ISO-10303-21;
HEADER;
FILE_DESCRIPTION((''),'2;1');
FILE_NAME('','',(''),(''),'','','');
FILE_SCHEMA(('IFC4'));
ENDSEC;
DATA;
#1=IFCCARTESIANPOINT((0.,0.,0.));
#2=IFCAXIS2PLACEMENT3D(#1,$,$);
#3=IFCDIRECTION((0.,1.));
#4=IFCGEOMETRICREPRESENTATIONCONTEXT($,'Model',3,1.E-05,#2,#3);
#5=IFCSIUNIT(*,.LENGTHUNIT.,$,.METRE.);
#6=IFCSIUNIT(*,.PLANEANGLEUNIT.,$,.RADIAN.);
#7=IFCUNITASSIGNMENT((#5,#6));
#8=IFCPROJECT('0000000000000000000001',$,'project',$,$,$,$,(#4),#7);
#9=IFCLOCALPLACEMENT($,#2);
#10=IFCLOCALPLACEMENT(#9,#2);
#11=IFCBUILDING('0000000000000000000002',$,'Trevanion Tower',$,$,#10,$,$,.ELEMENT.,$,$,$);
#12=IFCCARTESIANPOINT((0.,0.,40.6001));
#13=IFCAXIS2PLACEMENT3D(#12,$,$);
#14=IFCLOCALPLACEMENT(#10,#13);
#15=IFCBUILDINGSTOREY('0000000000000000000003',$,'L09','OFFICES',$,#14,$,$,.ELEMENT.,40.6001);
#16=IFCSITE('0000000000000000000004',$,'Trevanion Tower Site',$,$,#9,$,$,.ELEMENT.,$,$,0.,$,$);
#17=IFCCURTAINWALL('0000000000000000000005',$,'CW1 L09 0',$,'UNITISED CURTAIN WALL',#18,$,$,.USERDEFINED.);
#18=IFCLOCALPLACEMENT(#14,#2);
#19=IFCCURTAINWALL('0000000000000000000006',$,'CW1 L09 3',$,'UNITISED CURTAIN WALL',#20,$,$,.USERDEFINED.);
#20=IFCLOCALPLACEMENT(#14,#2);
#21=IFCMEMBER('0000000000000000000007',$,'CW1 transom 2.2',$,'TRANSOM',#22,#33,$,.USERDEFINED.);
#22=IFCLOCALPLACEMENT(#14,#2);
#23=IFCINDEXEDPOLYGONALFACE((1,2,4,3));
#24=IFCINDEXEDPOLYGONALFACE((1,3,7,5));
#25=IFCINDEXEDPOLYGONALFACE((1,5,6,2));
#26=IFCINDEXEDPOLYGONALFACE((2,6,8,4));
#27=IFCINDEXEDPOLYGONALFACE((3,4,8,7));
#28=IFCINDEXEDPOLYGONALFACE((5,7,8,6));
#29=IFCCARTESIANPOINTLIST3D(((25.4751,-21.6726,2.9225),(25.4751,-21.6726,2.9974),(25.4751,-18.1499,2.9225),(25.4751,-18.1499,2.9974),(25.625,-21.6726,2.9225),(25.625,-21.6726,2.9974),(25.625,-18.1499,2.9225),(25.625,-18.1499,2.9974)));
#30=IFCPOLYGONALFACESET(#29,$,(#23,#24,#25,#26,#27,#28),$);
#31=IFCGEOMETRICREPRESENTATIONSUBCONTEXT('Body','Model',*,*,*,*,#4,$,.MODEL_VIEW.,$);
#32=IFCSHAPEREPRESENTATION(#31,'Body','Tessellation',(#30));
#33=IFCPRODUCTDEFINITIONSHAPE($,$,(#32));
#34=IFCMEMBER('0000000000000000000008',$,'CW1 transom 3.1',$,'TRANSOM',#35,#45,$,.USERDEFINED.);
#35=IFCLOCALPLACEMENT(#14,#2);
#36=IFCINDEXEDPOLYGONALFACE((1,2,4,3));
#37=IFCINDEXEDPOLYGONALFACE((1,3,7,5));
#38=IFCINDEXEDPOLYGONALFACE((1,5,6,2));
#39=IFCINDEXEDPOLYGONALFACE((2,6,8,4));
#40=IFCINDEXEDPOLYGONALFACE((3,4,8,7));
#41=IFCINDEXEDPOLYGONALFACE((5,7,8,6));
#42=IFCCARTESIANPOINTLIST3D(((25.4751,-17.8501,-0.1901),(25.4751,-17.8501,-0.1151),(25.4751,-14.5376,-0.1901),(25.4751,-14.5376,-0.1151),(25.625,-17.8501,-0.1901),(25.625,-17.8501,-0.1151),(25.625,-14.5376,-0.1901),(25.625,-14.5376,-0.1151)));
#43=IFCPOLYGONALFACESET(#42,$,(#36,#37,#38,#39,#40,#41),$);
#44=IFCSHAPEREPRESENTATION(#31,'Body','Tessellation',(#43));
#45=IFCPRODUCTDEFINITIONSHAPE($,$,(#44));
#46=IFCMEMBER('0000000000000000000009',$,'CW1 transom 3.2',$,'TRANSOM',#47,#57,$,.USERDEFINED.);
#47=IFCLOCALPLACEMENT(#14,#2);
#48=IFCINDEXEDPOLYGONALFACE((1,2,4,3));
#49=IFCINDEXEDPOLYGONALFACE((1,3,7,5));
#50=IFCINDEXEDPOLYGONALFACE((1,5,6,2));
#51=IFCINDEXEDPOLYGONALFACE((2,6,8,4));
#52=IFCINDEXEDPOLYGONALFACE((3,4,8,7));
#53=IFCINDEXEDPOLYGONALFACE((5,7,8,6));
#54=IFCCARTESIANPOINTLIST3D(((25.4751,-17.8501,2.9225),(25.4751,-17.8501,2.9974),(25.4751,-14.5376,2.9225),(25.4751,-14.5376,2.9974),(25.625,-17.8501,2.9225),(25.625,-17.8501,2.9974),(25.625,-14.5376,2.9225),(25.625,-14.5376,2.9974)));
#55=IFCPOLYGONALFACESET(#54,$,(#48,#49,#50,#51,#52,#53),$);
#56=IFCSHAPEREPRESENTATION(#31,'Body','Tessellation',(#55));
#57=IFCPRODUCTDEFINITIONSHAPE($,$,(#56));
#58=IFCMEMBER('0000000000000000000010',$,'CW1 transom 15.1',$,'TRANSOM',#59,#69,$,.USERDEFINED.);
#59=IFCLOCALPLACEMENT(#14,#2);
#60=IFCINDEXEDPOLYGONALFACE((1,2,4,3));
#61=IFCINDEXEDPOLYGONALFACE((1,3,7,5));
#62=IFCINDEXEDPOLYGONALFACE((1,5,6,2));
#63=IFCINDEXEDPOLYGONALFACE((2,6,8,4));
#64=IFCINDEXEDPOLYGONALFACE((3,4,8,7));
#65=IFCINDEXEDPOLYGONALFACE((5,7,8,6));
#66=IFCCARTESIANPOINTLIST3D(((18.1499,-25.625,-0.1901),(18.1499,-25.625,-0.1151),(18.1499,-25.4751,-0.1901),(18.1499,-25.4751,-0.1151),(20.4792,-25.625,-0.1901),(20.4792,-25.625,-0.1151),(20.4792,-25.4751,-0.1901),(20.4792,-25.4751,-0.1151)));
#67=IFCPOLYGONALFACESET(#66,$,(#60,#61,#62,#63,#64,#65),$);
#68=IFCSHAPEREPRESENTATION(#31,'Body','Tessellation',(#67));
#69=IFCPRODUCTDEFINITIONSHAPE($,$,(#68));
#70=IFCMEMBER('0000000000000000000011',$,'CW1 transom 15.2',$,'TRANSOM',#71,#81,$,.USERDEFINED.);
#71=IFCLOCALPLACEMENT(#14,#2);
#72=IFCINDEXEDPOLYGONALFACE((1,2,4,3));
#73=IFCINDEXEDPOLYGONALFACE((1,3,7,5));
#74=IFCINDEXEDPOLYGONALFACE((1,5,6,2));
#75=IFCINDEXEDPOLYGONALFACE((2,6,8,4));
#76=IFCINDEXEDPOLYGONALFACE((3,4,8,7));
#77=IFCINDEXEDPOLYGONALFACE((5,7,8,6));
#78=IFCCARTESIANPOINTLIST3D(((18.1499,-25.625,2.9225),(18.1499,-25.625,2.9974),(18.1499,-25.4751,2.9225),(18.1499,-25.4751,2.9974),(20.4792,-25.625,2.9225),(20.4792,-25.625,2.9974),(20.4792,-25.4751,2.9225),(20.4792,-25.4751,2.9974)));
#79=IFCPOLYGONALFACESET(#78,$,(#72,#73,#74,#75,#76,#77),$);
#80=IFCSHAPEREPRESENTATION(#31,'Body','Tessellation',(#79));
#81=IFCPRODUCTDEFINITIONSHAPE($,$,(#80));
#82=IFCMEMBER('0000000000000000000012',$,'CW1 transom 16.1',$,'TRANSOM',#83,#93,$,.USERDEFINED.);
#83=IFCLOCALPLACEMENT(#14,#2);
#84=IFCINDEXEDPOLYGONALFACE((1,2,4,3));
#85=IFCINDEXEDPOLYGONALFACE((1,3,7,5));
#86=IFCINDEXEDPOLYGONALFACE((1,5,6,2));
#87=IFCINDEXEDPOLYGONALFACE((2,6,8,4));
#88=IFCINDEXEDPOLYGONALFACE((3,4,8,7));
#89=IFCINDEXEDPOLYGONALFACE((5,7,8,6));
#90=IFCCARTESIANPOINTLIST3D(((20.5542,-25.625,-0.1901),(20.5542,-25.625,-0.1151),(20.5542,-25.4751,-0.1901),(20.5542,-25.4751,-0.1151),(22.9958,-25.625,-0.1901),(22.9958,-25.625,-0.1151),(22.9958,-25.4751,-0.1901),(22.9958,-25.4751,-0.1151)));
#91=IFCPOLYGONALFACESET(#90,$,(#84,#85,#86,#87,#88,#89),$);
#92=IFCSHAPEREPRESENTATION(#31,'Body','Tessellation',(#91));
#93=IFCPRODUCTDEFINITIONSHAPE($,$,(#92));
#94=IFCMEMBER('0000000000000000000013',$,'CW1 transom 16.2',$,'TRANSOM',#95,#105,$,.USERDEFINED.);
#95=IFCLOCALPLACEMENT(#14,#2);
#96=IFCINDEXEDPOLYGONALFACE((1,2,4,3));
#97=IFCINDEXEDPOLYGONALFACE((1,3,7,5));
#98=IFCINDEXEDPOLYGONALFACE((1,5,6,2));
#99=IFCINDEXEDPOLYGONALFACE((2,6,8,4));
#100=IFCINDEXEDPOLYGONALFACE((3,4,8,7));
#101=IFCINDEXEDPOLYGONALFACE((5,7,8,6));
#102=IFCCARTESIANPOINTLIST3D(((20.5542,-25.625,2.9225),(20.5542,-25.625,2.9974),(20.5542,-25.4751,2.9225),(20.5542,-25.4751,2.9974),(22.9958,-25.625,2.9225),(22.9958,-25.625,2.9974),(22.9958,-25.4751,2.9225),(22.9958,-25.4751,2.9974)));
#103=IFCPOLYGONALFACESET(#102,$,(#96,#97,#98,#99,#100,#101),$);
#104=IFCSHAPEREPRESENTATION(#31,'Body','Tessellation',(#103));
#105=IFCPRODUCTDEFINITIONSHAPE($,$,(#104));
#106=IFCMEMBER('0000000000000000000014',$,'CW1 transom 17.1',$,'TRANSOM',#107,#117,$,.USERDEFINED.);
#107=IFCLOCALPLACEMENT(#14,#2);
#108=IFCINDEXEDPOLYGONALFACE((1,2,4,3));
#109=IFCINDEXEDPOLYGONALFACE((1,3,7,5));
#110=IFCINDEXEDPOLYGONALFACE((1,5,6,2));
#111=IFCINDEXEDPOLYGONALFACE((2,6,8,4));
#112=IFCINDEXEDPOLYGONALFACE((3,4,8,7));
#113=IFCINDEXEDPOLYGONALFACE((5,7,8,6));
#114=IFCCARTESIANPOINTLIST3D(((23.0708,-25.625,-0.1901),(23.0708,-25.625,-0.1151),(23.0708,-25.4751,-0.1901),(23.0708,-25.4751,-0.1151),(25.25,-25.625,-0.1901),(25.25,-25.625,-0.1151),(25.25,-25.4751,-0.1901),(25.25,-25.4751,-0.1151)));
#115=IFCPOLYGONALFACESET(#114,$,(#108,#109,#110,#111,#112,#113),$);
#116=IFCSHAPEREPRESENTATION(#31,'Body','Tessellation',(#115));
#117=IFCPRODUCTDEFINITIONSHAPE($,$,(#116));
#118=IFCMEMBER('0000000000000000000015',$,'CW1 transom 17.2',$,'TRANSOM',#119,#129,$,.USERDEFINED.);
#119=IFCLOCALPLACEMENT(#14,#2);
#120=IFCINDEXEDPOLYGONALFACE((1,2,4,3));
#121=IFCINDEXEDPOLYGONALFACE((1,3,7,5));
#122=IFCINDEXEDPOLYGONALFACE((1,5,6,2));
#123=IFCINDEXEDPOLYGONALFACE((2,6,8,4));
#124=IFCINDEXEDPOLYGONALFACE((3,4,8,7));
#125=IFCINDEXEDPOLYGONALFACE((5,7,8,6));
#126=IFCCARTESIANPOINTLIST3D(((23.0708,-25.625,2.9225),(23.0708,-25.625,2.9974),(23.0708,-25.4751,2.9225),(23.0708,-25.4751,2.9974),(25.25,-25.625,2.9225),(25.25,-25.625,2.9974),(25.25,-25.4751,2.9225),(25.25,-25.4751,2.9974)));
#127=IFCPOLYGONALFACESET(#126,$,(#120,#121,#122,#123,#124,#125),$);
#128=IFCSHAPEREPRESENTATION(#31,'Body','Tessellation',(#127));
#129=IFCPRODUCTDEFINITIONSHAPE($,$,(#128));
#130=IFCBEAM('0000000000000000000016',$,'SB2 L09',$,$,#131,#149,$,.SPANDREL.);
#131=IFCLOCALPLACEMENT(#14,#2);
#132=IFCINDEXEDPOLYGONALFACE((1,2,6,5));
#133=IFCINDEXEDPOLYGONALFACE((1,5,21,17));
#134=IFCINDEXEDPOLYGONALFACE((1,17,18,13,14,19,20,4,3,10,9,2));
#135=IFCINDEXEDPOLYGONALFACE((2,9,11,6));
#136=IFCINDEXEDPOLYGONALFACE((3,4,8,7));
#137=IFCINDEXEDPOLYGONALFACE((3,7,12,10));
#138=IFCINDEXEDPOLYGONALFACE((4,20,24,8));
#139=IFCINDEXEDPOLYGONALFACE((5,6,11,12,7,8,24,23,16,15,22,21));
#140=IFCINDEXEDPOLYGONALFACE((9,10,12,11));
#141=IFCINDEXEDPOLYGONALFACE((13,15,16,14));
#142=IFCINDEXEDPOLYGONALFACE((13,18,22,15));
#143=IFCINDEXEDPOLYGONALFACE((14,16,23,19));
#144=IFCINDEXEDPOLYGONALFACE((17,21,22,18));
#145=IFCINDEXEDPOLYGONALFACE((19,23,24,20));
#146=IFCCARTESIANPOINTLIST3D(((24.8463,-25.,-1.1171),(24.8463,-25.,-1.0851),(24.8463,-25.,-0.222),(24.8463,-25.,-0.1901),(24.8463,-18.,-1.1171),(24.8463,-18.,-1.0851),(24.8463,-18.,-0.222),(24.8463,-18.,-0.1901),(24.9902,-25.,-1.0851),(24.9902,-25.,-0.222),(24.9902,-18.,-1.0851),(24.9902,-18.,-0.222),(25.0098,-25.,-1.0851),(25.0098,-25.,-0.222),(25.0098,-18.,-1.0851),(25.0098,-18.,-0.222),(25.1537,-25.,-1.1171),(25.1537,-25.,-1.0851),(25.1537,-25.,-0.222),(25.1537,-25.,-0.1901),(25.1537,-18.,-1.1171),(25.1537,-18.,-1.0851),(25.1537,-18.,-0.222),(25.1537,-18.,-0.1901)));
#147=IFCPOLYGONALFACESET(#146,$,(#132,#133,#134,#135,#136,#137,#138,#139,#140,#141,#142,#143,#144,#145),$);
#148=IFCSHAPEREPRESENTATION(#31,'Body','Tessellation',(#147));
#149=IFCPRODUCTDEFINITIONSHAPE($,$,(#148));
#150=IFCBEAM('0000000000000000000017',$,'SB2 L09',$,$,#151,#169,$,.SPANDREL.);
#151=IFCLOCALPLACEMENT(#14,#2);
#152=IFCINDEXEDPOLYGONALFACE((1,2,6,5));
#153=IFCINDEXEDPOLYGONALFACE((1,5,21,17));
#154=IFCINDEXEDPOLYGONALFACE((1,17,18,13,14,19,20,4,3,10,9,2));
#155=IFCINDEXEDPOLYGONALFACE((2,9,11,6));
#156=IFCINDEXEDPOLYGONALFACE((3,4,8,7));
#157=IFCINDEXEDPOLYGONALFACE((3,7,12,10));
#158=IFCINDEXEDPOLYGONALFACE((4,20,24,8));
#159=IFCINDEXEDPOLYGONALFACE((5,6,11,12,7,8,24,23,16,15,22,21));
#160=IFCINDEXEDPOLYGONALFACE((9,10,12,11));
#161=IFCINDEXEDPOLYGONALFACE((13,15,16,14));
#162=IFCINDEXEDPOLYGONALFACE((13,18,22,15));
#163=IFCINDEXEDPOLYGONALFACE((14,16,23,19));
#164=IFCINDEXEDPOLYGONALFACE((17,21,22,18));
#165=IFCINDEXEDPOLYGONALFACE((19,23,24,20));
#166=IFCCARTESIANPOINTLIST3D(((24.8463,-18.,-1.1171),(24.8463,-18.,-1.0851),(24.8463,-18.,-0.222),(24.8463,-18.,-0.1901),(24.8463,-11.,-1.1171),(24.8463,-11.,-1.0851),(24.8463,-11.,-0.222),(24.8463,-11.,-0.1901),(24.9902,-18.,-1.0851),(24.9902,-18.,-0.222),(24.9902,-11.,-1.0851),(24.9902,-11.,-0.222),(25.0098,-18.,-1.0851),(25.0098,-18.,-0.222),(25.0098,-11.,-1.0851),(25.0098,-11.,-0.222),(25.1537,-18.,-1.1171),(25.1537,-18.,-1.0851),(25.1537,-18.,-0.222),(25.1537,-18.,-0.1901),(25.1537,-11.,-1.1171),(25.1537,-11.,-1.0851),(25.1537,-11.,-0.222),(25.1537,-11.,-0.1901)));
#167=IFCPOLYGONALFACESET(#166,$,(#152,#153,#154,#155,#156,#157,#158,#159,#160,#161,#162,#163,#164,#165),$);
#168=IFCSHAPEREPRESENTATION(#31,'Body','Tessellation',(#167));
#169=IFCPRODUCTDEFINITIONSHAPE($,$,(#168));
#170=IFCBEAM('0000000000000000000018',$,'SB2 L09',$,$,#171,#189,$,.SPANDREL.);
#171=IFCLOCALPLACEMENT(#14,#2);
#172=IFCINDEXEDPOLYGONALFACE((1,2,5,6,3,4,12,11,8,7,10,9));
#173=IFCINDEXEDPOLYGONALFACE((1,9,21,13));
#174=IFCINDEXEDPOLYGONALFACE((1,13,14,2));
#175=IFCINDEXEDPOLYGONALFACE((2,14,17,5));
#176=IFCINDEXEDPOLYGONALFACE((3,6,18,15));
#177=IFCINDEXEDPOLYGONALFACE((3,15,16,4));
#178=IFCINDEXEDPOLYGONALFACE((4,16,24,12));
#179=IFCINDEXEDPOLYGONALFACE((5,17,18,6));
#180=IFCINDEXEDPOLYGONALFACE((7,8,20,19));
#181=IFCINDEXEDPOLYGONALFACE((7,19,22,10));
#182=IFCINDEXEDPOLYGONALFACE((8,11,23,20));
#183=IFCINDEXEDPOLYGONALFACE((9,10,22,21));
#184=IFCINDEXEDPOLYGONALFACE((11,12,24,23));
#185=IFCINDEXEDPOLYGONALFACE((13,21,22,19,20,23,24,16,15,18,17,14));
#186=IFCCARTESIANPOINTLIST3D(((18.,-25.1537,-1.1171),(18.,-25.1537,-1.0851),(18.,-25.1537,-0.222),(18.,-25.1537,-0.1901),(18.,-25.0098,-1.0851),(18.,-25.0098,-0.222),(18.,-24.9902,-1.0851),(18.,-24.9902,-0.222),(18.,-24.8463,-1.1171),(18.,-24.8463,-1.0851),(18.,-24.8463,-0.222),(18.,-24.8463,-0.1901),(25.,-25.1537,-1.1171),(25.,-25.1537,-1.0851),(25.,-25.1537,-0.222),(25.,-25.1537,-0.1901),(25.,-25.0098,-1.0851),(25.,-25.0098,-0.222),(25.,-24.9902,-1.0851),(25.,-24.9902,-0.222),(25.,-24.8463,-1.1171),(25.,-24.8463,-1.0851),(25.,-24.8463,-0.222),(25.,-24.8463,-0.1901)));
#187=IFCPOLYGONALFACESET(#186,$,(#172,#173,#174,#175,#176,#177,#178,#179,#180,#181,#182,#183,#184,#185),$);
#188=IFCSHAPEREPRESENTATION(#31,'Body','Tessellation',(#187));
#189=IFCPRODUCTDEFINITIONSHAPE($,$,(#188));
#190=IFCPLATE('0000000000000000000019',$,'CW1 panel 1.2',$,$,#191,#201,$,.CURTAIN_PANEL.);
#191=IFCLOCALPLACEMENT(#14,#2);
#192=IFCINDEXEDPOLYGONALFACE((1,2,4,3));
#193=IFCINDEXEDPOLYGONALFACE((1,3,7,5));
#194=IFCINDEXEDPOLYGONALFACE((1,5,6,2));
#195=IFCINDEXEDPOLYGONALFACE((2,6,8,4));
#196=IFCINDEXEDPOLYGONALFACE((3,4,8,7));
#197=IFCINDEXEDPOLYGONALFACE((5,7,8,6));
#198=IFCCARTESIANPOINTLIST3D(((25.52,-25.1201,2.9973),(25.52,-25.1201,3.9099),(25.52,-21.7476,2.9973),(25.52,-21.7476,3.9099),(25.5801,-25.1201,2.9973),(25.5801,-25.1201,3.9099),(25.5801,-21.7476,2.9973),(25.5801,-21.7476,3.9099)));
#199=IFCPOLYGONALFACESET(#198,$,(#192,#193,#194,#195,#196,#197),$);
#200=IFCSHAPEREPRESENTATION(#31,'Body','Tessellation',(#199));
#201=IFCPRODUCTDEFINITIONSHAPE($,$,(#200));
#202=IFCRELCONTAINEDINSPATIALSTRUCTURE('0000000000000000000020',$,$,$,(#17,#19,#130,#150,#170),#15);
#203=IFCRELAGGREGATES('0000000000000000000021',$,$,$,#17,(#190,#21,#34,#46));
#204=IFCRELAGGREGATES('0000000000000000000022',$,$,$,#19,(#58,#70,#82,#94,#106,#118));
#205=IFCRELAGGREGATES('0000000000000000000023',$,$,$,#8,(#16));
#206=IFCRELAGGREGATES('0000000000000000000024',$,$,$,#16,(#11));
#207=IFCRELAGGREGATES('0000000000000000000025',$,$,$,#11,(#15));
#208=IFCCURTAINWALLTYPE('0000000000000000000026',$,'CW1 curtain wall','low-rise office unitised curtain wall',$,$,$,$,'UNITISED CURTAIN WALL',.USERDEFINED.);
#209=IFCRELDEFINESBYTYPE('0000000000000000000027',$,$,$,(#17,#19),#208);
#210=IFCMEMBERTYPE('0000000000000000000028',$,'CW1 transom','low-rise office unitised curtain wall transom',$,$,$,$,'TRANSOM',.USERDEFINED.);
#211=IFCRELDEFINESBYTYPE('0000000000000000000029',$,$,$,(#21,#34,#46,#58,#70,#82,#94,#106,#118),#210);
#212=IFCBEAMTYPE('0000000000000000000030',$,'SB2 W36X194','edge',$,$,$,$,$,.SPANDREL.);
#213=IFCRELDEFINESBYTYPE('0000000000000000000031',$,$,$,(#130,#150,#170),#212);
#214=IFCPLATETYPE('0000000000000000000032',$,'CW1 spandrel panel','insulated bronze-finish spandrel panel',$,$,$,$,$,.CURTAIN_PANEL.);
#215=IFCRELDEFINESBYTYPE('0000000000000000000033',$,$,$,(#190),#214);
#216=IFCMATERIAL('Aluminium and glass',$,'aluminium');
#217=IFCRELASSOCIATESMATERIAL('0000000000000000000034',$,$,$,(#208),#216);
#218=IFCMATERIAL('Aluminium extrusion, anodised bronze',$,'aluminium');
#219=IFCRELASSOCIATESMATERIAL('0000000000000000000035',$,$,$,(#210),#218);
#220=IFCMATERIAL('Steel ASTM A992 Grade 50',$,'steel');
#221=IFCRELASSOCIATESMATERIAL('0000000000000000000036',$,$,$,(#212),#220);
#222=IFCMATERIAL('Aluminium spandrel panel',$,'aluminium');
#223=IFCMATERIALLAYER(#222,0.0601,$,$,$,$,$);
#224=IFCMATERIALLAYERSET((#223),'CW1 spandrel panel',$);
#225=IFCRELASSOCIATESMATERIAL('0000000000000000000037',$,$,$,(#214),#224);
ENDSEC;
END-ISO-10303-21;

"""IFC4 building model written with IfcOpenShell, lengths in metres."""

from ifc_helpers import new_model, si_unit, direction, frame, origin, origin_2d, place, context, subcontext, project, spatial, rectangle, i_section, extrude, material, layer, layer_set, material_profile, profile_set, type_object, element, aggregate, save


model = new_model("IFC4")

# Units and contexts
model_context = context("Model", 3, precision=1e-05, world=origin(), true_north=direction((0.0, 1.0)))
body_context = subcontext(model_context, "Body", "Model", "MODEL_VIEW")
ifc_project = project(units=[si_unit("LENGTHUNIT", "METRE"), si_unit("PLANEANGLEUNIT", "RADIAN")], contexts=[model_context])

# Site, building, storey
site_placement = place(None, origin())
site = spatial("IfcSite", under=ifc_project, at=site_placement, Name="Trevanion Tower Site", CompositionType="ELEMENT", RefElevation=0.0)
building_placement = place(site_placement, origin())
building = spatial("IfcBuilding", under=site, at=building_placement, Name="Trevanion Tower", CompositionType="ELEMENT")
storey_placement = place(building_placement, frame((0.0, 0.0, 40.6001)))
storey = spatial("IfcBuildingStorey", under=building, at=storey_placement, Name="L09", Description="OFFICES", CompositionType="ELEMENT", Elevation=40.6001)

# Curtain wall
ifc_material_1 = material(Name="Aluminium and glass", Category="aluminium")
curtain_wall_type = type_object("IfcCurtainWallType", Name="CW1 curtain wall", Description="low-rise office unitised curtain wall", ElementType="UNITISED CURTAIN WALL", PredefinedType="USERDEFINED", material=ifc_material_1)
curtain_wall_1_placement = place(storey_placement, origin())
curtain_wall_1 = element("IfcCurtainWall", 1, at=curtain_wall_1_placement, inside=storey, type_object=curtain_wall_type, Name="CW1 L09 0", ObjectType="UNITISED CURTAIN WALL", PredefinedType="USERDEFINED")

# Curtain wall
curtain_wall_2_placement = place(storey_placement, origin())
curtain_wall_2 = element("IfcCurtainWall", 2, at=curtain_wall_2_placement, inside=storey, type_object=curtain_wall_type, Name="CW1 L09 3", ObjectType="UNITISED CURTAIN WALL", PredefinedType="USERDEFINED")

# Members
ifc_material_2 = material(Name="Aluminium extrusion, anodised bronze", Category="aluminium")
ifc_material_profile_1 = material_profile(ifc_material_2, rectangle(XDim=0.1499, YDim=0.075, at=origin_2d()), Name="CW1 transom")
ifc_profile_set_1 = profile_set([ifc_material_profile_1], Name="Aluminium extrusion, anodised bronze")
member_type_1 = type_object("IfcMemberType", Name="CW1 transom", Description="low-rise office unitised curtain wall transom", ElementType="TRANSOM", PredefinedType="USERDEFINED", material=ifc_profile_set_1)
member_1_placement = place(storey_placement, frame((25.55, -21.6726, 2.96), z_axis=(0.0, 1.0, 0.0), x_axis=(-1.0, 0.0, 0.0)))
member_1 = element("IfcMember", 3, at=member_1_placement, type_object=member_type_1, Name="CW1 transom 2.2", ObjectType="TRANSOM", PredefinedType="USERDEFINED", context=body_context, shape_type="SweptSolid", body=[
    extrude(rectangle(XDim=0.1499, YDim=0.075, at=origin_2d()), origin(), (0.0, 0.0, 1.0), 3.5227),
])
member_2_placement = place(storey_placement, frame((25.55, -17.8501, -0.1526), z_axis=(0.0, 1.0, 0.0), x_axis=(-1.0, 0.0, 0.0)))
member_2 = element("IfcMember", 4, at=member_2_placement, type_object=member_type_1, Name="CW1 transom 3.1", ObjectType="TRANSOM", PredefinedType="USERDEFINED", context=body_context, shape_type="SweptSolid", body=[
    extrude(rectangle(XDim=0.1499, YDim=0.075, at=origin_2d()), origin(), (0.0, 0.0, 1.0), 3.3125),
])
member_3_placement = place(storey_placement, frame((25.55, -17.8501, 2.96), z_axis=(0.0, 1.0, 0.0), x_axis=(-1.0, 0.0, 0.0)))
member_3 = element("IfcMember", 5, at=member_3_placement, type_object=member_type_1, Name="CW1 transom 3.2", ObjectType="TRANSOM", PredefinedType="USERDEFINED", context=body_context, shape_type="SweptSolid", body=[
    extrude(rectangle(XDim=0.1499, YDim=0.075, at=origin_2d()), origin(), (0.0, 0.0, 1.0), 3.3125),
])
member_4_placement = place(storey_placement, frame((18.1499, -25.55, -0.1526), z_axis=(1.0, 0.0, 0.0), x_axis=(0.0, 1.0, 0.0)))
member_4 = element("IfcMember", 6, at=member_4_placement, type_object=member_type_1, Name="CW1 transom 15.1", ObjectType="TRANSOM", PredefinedType="USERDEFINED", context=body_context, shape_type="SweptSolid", body=[
    extrude(rectangle(XDim=0.1499, YDim=0.075, at=origin_2d()), origin(), (0.0, 0.0, 1.0), 2.3293),
])
member_5_placement = place(storey_placement, frame((18.1499, -25.55, 2.96), z_axis=(1.0, 0.0, 0.0), x_axis=(0.0, 1.0, 0.0)))
member_5 = element("IfcMember", 7, at=member_5_placement, type_object=member_type_1, Name="CW1 transom 15.2", ObjectType="TRANSOM", PredefinedType="USERDEFINED", context=body_context, shape_type="SweptSolid", body=[
    extrude(rectangle(XDim=0.1499, YDim=0.075, at=origin_2d()), origin(), (0.0, 0.0, 1.0), 2.3293),
])
member_6_placement = place(storey_placement, frame((20.5542, -25.55, -0.1526), z_axis=(1.0, 0.0, 0.0), x_axis=(0.0, 1.0, 0.0)))
member_6 = element("IfcMember", 8, at=member_6_placement, type_object=member_type_1, Name="CW1 transom 16.1", ObjectType="TRANSOM", PredefinedType="USERDEFINED", context=body_context, shape_type="SweptSolid", body=[
    extrude(rectangle(XDim=0.1499, YDim=0.075, at=origin_2d()), origin(), (0.0, 0.0, 1.0), 2.4417),
])
member_7_placement = place(storey_placement, frame((20.5542, -25.55, 2.96), z_axis=(1.0, 0.0, 0.0), x_axis=(0.0, 1.0, 0.0)))
member_7 = element("IfcMember", 9, at=member_7_placement, type_object=member_type_1, Name="CW1 transom 16.2", ObjectType="TRANSOM", PredefinedType="USERDEFINED", context=body_context, shape_type="SweptSolid", body=[
    extrude(rectangle(XDim=0.1499, YDim=0.075, at=origin_2d()), origin(), (0.0, 0.0, 1.0), 2.4417),
])
member_8_placement = place(storey_placement, frame((23.0708, -25.55, -0.1526), z_axis=(1.0, 0.0, 0.0), x_axis=(0.0, 1.0, 0.0)))
member_8 = element("IfcMember", 10, at=member_8_placement, type_object=member_type_1, Name="CW1 transom 17.1", ObjectType="TRANSOM", PredefinedType="USERDEFINED", context=body_context, shape_type="SweptSolid", body=[
    extrude(rectangle(XDim=0.1499, YDim=0.075, at=origin_2d()), origin(), (0.0, 0.0, 1.0), 2.1792),
])
member_9_placement = place(storey_placement, frame((23.0708, -25.55, 2.96), z_axis=(1.0, 0.0, 0.0), x_axis=(0.0, 1.0, 0.0)))
member_9 = element("IfcMember", 11, at=member_9_placement, type_object=member_type_1, Name="CW1 transom 17.2", ObjectType="TRANSOM", PredefinedType="USERDEFINED", context=body_context, shape_type="SweptSolid", body=[
    extrude(rectangle(XDim=0.1499, YDim=0.075, at=origin_2d()), origin(), (0.0, 0.0, 1.0), 2.1792),
])

# Beams
ifc_material_3 = material(Name="Steel ASTM A992 Grade 50", Category="steel")
ifc_material_profile_2 = material_profile(ifc_material_3, i_section(OverallWidth=0.3074, OverallDepth=0.927, WebThickness=0.0195, FlangeThickness=0.032, at=origin_2d()), Name="W36X194")
ifc_profile_set_2 = profile_set([ifc_material_profile_2], Name="Steel ASTM A992 Grade 50")
beam_type = type_object("IfcBeamType", Name="SB2 W36X194", Description="edge", PredefinedType="SPANDREL", material=ifc_profile_set_2)
for number, where, z_axis, x_axis, name in (
    (12, (25.0, -25.0, -0.6536), (0.0, 1.0, 0.0), (-1.0, 0.0, 0.0), "SB2 L09"),
    (13, (25.0, -18.0, -0.6536), (0.0, 1.0, 0.0), (-1.0, 0.0, 0.0), "SB2 L09"),
    (14, (18.0, -25.0, -0.6536), (1.0, 0.0, 0.0), (0.0, 1.0, 0.0), "SB2 L09"),
):
    element("IfcBeam", number, at=place(storey_placement, frame(where, z_axis=z_axis, x_axis=x_axis)), inside=storey, type_object=beam_type, Name=name, PredefinedType="SPANDREL", context=body_context, shape_type="SweptSolid", body=[
        extrude(i_section(OverallWidth=0.3074, OverallDepth=0.927, WebThickness=0.0195, FlangeThickness=0.032, at=origin_2d()), origin(), (0.0, 0.0, 1.0), 7.0),
    ])

# Plate
ifc_material_4 = material(Name="Aluminium spandrel panel", Category="aluminium")
ifc_layer_1 = layer(ifc_material_4, 0.0601)
ifc_layer_set_1 = layer_set([ifc_layer_1], Name="CW1 spandrel panel")
plate_type_1 = type_object("IfcPlateType", Name="CW1 spandrel panel", Description="insulated bronze-finish spandrel panel", PredefinedType="CURTAIN_PANEL", material=ifc_layer_set_1)
plate_1_placement = place(storey_placement, frame((25.55, -23.4338, 2.9973), z_axis=(0.0, 0.0, 1.0), x_axis=(0.0, 1.0, 0.0)))
plate_1 = element("IfcPlate", 15, at=plate_1_placement, type_object=plate_type_1, Name="CW1 panel 1.2", PredefinedType="CURTAIN_PANEL", context=body_context, shape_type="SweptSolid", body=[
    extrude(rectangle(XDim=3.3726, YDim=0.0601, at=origin_2d()), origin(), (0.0, 0.0, 1.0), 0.9126),
])
aggregate(curtain_wall_1, [plate_1, member_1, member_2, member_3])
aggregate(curtain_wall_2, [member_4, member_5, member_6, member_7, member_8, member_9])

save(model, "model.ifc")
